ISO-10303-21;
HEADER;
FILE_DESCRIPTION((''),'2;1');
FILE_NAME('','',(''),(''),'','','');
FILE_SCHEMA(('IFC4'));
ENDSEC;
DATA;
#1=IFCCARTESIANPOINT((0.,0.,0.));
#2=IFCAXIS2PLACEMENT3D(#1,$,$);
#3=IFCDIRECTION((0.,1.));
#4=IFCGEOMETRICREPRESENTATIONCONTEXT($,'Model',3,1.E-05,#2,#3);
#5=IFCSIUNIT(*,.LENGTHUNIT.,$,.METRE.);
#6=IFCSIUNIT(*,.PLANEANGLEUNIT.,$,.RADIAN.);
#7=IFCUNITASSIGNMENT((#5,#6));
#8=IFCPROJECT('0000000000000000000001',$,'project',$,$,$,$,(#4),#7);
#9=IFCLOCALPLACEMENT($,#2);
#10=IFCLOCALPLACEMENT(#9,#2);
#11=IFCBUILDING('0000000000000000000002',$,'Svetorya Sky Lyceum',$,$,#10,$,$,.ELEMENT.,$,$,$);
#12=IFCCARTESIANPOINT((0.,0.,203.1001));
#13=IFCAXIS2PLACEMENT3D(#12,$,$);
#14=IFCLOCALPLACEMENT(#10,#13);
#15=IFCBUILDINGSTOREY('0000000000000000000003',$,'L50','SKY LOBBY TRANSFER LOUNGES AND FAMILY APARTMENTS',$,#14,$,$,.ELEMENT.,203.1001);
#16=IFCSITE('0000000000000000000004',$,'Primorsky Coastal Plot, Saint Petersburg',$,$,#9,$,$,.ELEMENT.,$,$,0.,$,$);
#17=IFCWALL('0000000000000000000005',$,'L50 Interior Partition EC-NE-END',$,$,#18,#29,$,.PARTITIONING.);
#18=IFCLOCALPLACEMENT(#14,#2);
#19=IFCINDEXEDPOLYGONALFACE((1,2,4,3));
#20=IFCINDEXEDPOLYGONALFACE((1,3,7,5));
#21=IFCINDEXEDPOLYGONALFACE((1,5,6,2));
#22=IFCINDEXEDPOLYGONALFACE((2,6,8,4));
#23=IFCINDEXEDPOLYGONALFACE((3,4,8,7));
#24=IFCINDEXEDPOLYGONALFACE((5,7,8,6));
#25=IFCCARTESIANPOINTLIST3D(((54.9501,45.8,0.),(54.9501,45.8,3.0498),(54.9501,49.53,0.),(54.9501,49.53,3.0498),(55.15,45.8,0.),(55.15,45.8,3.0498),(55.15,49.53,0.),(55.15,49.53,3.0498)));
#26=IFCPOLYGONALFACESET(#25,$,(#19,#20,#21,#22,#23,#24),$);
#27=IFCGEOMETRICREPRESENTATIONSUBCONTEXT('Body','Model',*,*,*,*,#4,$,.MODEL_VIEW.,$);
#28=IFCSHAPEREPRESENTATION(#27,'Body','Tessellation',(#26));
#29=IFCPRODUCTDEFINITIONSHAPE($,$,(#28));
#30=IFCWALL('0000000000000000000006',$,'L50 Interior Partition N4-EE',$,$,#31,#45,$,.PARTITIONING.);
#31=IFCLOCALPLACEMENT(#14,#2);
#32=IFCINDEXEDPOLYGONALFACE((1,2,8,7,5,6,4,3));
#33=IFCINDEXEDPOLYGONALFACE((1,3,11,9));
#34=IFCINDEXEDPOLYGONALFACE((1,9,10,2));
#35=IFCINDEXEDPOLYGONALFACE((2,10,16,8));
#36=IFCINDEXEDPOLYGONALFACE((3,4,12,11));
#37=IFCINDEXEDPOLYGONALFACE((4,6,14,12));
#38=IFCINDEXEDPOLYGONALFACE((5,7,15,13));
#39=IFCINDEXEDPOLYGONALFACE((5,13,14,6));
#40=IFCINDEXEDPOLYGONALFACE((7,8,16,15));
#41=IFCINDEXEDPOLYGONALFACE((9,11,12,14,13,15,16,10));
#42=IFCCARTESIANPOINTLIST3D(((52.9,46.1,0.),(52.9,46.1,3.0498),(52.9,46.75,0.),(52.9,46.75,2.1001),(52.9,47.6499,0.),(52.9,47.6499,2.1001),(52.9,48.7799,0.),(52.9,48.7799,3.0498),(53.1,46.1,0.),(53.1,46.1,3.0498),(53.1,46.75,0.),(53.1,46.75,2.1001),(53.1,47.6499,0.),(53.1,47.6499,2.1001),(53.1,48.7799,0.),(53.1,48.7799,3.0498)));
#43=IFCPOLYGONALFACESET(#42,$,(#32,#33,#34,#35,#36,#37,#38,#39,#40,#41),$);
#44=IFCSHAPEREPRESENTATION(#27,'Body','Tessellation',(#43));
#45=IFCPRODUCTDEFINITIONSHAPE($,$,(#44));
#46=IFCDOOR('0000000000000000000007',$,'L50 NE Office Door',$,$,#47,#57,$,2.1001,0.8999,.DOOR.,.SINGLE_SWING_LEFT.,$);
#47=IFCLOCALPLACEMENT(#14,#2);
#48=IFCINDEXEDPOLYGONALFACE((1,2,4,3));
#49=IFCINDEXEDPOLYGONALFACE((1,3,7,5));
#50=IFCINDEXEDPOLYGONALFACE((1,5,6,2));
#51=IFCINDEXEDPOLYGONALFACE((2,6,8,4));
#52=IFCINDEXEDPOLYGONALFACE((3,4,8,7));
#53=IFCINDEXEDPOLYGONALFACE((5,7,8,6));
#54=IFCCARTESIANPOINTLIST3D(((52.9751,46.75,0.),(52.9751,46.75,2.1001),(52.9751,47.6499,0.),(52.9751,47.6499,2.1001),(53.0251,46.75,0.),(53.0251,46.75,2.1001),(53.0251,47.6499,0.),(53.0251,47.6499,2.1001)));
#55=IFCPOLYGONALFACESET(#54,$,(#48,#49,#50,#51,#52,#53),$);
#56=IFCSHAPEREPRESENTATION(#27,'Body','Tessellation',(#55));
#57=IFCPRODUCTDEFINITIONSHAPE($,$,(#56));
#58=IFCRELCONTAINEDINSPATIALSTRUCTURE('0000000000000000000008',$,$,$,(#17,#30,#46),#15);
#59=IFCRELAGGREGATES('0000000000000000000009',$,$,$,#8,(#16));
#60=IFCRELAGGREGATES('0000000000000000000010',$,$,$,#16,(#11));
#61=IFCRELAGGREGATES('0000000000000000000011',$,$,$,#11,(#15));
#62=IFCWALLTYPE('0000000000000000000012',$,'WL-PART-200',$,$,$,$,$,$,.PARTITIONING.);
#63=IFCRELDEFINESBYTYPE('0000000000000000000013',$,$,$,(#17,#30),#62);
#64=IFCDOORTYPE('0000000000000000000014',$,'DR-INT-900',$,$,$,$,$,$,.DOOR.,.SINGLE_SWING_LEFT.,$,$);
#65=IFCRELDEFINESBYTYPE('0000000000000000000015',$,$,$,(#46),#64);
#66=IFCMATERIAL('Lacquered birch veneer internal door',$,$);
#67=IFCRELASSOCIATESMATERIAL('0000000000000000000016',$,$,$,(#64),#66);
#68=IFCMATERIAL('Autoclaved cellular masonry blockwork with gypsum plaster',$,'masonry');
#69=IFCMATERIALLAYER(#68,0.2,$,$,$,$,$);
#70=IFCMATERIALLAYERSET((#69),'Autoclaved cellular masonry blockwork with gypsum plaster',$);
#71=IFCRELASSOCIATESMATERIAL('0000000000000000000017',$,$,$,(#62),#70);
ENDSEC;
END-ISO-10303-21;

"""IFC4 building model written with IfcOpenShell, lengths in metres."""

from ifc_helpers import new_model, si_unit, direction, frame, frame_2d, origin, place, context, subcontext, project, spatial, rectangle, extrude, material, layer, layer_set, type_object, element, fill, save


model = new_model("IFC4")

# Units and contexts
model_context = context("Model", 3, precision=1e-05, world=origin(), true_north=direction((0.0, 1.0)))
body_context = subcontext(model_context, "Body", "Model", "MODEL_VIEW")
ifc_project = project(units=[si_unit("LENGTHUNIT", "METRE"), si_unit("PLANEANGLEUNIT", "RADIAN")], contexts=[model_context])

# Site, building, storey
site_placement = place(None, origin())
site = spatial("IfcSite", under=ifc_project, at=site_placement, Name="Primorsky Coastal Plot, Saint Petersburg", CompositionType="ELEMENT", RefElevation=0.0)
building_placement = place(site_placement, origin())
building = spatial("IfcBuilding", under=site, at=building_placement, Name="Svetorya Sky Lyceum", CompositionType="ELEMENT")
storey_placement = place(building_placement, frame((0.0, 0.0, 203.1001)))
storey = spatial("IfcBuildingStorey", under=building, at=storey_placement, Name="L50", Description="SKY LOBBY TRANSFER LOUNGES AND FAMILY APARTMENTS", CompositionType="ELEMENT", Elevation=203.1001)

# Shared definitions
ifc_material_1 = material(Name="Lacquered birch veneer internal door")
door_type_1 = type_object("IfcDoorType", Name="DR-INT-900", OperationType="SINGLE_SWING_LEFT", PredefinedType="DOOR", material=ifc_material_1)

# Shared definitions
ifc_material_2 = material(Name="Autoclaved cellular masonry blockwork with gypsum plaster", Category="masonry")
ifc_layer_1 = layer(ifc_material_2, 0.2)
ifc_layer_set_1 = layer_set([ifc_layer_1], Name="Autoclaved cellular masonry blockwork with gypsum plaster")
wall_type_1 = type_object("IfcWallType", Name="WL-PART-200", PredefinedType="PARTITIONING", material=ifc_layer_set_1)

# Wall
wall_1_placement = place(storey_placement, frame((55.05, 45.8, 0.0), z_axis=(0.0, 0.0, 1.0), x_axis=(0.0, 1.0, 0.0)))
element("IfcWall", 1, at=wall_1_placement, inside=storey, type_object=wall_type_1, Name="L50 Interior Partition EC-NE-END", PredefinedType="PARTITIONING", context=body_context, shape_type="SweptSolid", body=[
    extrude(rectangle(XDim=3.73, YDim=0.2, at=frame_2d((1.865, 0.0))), origin(), (0.0, 0.0, 1.0), 3.0498),
])

# Wall, opening, door
wall_2_placement = place(storey_placement, frame((53.0, 46.1001, 0.0), z_axis=(0.0, 0.0, 1.0), x_axis=(0.0, 1.0, 0.0)))
wall_2 = element("IfcWall", 2, at=wall_2_placement, inside=storey, type_object=wall_type_1, Name="L50 Interior Partition N4-EE", PredefinedType="PARTITIONING", context=body_context, shape_type="SweptSolid", body=[
    extrude(rectangle(XDim=2.6799, YDim=0.2, at=frame_2d((1.3398, 0.0))), origin(), (0.0, 0.0, 1.0), 3.0498),
])
opening_1_placement = place(wall_2_placement, frame((0.6499, 0.0, 0.0)))
opening_1 = element("IfcOpeningElement", 3, at=opening_1_placement, cuts=wall_2, PredefinedType="OPENING", context=body_context, shape_type="SweptSolid", body=[
    extrude(rectangle(XDim=0.8999, YDim=2.1001, at=frame_2d((0.45, 1.05))), frame((0.0, 0.1099, 0.0), z_axis=(0.0, -1.0, 0.0), x_axis=(1.0, 0.0, 0.0)), (0.0, 0.0, 1.0), 0.22),
])
door_1_placement = place(opening_1_placement, origin())
door_1 = element("IfcDoor", 4, at=door_1_placement, inside=storey, type_object=door_type_1, Name="L50 NE Office Door", OperationType="SINGLE_SWING_LEFT", OverallHeight=2.1001, OverallWidth=0.8999, PredefinedType="DOOR", context=body_context, shape_type="SweptSolid", body=[
    extrude(rectangle(XDim=0.8999, YDim=2.1001, at=frame_2d((0.45, 1.05))), frame((0.0, 0.0249, 0.0), z_axis=(0.0, -1.0, 0.0), x_axis=(1.0, 0.0, 0.0)), (0.0, 0.0, 1.0), 0.05),
])
fill(opening_1, door_1)

save(model, "model.ifc")
